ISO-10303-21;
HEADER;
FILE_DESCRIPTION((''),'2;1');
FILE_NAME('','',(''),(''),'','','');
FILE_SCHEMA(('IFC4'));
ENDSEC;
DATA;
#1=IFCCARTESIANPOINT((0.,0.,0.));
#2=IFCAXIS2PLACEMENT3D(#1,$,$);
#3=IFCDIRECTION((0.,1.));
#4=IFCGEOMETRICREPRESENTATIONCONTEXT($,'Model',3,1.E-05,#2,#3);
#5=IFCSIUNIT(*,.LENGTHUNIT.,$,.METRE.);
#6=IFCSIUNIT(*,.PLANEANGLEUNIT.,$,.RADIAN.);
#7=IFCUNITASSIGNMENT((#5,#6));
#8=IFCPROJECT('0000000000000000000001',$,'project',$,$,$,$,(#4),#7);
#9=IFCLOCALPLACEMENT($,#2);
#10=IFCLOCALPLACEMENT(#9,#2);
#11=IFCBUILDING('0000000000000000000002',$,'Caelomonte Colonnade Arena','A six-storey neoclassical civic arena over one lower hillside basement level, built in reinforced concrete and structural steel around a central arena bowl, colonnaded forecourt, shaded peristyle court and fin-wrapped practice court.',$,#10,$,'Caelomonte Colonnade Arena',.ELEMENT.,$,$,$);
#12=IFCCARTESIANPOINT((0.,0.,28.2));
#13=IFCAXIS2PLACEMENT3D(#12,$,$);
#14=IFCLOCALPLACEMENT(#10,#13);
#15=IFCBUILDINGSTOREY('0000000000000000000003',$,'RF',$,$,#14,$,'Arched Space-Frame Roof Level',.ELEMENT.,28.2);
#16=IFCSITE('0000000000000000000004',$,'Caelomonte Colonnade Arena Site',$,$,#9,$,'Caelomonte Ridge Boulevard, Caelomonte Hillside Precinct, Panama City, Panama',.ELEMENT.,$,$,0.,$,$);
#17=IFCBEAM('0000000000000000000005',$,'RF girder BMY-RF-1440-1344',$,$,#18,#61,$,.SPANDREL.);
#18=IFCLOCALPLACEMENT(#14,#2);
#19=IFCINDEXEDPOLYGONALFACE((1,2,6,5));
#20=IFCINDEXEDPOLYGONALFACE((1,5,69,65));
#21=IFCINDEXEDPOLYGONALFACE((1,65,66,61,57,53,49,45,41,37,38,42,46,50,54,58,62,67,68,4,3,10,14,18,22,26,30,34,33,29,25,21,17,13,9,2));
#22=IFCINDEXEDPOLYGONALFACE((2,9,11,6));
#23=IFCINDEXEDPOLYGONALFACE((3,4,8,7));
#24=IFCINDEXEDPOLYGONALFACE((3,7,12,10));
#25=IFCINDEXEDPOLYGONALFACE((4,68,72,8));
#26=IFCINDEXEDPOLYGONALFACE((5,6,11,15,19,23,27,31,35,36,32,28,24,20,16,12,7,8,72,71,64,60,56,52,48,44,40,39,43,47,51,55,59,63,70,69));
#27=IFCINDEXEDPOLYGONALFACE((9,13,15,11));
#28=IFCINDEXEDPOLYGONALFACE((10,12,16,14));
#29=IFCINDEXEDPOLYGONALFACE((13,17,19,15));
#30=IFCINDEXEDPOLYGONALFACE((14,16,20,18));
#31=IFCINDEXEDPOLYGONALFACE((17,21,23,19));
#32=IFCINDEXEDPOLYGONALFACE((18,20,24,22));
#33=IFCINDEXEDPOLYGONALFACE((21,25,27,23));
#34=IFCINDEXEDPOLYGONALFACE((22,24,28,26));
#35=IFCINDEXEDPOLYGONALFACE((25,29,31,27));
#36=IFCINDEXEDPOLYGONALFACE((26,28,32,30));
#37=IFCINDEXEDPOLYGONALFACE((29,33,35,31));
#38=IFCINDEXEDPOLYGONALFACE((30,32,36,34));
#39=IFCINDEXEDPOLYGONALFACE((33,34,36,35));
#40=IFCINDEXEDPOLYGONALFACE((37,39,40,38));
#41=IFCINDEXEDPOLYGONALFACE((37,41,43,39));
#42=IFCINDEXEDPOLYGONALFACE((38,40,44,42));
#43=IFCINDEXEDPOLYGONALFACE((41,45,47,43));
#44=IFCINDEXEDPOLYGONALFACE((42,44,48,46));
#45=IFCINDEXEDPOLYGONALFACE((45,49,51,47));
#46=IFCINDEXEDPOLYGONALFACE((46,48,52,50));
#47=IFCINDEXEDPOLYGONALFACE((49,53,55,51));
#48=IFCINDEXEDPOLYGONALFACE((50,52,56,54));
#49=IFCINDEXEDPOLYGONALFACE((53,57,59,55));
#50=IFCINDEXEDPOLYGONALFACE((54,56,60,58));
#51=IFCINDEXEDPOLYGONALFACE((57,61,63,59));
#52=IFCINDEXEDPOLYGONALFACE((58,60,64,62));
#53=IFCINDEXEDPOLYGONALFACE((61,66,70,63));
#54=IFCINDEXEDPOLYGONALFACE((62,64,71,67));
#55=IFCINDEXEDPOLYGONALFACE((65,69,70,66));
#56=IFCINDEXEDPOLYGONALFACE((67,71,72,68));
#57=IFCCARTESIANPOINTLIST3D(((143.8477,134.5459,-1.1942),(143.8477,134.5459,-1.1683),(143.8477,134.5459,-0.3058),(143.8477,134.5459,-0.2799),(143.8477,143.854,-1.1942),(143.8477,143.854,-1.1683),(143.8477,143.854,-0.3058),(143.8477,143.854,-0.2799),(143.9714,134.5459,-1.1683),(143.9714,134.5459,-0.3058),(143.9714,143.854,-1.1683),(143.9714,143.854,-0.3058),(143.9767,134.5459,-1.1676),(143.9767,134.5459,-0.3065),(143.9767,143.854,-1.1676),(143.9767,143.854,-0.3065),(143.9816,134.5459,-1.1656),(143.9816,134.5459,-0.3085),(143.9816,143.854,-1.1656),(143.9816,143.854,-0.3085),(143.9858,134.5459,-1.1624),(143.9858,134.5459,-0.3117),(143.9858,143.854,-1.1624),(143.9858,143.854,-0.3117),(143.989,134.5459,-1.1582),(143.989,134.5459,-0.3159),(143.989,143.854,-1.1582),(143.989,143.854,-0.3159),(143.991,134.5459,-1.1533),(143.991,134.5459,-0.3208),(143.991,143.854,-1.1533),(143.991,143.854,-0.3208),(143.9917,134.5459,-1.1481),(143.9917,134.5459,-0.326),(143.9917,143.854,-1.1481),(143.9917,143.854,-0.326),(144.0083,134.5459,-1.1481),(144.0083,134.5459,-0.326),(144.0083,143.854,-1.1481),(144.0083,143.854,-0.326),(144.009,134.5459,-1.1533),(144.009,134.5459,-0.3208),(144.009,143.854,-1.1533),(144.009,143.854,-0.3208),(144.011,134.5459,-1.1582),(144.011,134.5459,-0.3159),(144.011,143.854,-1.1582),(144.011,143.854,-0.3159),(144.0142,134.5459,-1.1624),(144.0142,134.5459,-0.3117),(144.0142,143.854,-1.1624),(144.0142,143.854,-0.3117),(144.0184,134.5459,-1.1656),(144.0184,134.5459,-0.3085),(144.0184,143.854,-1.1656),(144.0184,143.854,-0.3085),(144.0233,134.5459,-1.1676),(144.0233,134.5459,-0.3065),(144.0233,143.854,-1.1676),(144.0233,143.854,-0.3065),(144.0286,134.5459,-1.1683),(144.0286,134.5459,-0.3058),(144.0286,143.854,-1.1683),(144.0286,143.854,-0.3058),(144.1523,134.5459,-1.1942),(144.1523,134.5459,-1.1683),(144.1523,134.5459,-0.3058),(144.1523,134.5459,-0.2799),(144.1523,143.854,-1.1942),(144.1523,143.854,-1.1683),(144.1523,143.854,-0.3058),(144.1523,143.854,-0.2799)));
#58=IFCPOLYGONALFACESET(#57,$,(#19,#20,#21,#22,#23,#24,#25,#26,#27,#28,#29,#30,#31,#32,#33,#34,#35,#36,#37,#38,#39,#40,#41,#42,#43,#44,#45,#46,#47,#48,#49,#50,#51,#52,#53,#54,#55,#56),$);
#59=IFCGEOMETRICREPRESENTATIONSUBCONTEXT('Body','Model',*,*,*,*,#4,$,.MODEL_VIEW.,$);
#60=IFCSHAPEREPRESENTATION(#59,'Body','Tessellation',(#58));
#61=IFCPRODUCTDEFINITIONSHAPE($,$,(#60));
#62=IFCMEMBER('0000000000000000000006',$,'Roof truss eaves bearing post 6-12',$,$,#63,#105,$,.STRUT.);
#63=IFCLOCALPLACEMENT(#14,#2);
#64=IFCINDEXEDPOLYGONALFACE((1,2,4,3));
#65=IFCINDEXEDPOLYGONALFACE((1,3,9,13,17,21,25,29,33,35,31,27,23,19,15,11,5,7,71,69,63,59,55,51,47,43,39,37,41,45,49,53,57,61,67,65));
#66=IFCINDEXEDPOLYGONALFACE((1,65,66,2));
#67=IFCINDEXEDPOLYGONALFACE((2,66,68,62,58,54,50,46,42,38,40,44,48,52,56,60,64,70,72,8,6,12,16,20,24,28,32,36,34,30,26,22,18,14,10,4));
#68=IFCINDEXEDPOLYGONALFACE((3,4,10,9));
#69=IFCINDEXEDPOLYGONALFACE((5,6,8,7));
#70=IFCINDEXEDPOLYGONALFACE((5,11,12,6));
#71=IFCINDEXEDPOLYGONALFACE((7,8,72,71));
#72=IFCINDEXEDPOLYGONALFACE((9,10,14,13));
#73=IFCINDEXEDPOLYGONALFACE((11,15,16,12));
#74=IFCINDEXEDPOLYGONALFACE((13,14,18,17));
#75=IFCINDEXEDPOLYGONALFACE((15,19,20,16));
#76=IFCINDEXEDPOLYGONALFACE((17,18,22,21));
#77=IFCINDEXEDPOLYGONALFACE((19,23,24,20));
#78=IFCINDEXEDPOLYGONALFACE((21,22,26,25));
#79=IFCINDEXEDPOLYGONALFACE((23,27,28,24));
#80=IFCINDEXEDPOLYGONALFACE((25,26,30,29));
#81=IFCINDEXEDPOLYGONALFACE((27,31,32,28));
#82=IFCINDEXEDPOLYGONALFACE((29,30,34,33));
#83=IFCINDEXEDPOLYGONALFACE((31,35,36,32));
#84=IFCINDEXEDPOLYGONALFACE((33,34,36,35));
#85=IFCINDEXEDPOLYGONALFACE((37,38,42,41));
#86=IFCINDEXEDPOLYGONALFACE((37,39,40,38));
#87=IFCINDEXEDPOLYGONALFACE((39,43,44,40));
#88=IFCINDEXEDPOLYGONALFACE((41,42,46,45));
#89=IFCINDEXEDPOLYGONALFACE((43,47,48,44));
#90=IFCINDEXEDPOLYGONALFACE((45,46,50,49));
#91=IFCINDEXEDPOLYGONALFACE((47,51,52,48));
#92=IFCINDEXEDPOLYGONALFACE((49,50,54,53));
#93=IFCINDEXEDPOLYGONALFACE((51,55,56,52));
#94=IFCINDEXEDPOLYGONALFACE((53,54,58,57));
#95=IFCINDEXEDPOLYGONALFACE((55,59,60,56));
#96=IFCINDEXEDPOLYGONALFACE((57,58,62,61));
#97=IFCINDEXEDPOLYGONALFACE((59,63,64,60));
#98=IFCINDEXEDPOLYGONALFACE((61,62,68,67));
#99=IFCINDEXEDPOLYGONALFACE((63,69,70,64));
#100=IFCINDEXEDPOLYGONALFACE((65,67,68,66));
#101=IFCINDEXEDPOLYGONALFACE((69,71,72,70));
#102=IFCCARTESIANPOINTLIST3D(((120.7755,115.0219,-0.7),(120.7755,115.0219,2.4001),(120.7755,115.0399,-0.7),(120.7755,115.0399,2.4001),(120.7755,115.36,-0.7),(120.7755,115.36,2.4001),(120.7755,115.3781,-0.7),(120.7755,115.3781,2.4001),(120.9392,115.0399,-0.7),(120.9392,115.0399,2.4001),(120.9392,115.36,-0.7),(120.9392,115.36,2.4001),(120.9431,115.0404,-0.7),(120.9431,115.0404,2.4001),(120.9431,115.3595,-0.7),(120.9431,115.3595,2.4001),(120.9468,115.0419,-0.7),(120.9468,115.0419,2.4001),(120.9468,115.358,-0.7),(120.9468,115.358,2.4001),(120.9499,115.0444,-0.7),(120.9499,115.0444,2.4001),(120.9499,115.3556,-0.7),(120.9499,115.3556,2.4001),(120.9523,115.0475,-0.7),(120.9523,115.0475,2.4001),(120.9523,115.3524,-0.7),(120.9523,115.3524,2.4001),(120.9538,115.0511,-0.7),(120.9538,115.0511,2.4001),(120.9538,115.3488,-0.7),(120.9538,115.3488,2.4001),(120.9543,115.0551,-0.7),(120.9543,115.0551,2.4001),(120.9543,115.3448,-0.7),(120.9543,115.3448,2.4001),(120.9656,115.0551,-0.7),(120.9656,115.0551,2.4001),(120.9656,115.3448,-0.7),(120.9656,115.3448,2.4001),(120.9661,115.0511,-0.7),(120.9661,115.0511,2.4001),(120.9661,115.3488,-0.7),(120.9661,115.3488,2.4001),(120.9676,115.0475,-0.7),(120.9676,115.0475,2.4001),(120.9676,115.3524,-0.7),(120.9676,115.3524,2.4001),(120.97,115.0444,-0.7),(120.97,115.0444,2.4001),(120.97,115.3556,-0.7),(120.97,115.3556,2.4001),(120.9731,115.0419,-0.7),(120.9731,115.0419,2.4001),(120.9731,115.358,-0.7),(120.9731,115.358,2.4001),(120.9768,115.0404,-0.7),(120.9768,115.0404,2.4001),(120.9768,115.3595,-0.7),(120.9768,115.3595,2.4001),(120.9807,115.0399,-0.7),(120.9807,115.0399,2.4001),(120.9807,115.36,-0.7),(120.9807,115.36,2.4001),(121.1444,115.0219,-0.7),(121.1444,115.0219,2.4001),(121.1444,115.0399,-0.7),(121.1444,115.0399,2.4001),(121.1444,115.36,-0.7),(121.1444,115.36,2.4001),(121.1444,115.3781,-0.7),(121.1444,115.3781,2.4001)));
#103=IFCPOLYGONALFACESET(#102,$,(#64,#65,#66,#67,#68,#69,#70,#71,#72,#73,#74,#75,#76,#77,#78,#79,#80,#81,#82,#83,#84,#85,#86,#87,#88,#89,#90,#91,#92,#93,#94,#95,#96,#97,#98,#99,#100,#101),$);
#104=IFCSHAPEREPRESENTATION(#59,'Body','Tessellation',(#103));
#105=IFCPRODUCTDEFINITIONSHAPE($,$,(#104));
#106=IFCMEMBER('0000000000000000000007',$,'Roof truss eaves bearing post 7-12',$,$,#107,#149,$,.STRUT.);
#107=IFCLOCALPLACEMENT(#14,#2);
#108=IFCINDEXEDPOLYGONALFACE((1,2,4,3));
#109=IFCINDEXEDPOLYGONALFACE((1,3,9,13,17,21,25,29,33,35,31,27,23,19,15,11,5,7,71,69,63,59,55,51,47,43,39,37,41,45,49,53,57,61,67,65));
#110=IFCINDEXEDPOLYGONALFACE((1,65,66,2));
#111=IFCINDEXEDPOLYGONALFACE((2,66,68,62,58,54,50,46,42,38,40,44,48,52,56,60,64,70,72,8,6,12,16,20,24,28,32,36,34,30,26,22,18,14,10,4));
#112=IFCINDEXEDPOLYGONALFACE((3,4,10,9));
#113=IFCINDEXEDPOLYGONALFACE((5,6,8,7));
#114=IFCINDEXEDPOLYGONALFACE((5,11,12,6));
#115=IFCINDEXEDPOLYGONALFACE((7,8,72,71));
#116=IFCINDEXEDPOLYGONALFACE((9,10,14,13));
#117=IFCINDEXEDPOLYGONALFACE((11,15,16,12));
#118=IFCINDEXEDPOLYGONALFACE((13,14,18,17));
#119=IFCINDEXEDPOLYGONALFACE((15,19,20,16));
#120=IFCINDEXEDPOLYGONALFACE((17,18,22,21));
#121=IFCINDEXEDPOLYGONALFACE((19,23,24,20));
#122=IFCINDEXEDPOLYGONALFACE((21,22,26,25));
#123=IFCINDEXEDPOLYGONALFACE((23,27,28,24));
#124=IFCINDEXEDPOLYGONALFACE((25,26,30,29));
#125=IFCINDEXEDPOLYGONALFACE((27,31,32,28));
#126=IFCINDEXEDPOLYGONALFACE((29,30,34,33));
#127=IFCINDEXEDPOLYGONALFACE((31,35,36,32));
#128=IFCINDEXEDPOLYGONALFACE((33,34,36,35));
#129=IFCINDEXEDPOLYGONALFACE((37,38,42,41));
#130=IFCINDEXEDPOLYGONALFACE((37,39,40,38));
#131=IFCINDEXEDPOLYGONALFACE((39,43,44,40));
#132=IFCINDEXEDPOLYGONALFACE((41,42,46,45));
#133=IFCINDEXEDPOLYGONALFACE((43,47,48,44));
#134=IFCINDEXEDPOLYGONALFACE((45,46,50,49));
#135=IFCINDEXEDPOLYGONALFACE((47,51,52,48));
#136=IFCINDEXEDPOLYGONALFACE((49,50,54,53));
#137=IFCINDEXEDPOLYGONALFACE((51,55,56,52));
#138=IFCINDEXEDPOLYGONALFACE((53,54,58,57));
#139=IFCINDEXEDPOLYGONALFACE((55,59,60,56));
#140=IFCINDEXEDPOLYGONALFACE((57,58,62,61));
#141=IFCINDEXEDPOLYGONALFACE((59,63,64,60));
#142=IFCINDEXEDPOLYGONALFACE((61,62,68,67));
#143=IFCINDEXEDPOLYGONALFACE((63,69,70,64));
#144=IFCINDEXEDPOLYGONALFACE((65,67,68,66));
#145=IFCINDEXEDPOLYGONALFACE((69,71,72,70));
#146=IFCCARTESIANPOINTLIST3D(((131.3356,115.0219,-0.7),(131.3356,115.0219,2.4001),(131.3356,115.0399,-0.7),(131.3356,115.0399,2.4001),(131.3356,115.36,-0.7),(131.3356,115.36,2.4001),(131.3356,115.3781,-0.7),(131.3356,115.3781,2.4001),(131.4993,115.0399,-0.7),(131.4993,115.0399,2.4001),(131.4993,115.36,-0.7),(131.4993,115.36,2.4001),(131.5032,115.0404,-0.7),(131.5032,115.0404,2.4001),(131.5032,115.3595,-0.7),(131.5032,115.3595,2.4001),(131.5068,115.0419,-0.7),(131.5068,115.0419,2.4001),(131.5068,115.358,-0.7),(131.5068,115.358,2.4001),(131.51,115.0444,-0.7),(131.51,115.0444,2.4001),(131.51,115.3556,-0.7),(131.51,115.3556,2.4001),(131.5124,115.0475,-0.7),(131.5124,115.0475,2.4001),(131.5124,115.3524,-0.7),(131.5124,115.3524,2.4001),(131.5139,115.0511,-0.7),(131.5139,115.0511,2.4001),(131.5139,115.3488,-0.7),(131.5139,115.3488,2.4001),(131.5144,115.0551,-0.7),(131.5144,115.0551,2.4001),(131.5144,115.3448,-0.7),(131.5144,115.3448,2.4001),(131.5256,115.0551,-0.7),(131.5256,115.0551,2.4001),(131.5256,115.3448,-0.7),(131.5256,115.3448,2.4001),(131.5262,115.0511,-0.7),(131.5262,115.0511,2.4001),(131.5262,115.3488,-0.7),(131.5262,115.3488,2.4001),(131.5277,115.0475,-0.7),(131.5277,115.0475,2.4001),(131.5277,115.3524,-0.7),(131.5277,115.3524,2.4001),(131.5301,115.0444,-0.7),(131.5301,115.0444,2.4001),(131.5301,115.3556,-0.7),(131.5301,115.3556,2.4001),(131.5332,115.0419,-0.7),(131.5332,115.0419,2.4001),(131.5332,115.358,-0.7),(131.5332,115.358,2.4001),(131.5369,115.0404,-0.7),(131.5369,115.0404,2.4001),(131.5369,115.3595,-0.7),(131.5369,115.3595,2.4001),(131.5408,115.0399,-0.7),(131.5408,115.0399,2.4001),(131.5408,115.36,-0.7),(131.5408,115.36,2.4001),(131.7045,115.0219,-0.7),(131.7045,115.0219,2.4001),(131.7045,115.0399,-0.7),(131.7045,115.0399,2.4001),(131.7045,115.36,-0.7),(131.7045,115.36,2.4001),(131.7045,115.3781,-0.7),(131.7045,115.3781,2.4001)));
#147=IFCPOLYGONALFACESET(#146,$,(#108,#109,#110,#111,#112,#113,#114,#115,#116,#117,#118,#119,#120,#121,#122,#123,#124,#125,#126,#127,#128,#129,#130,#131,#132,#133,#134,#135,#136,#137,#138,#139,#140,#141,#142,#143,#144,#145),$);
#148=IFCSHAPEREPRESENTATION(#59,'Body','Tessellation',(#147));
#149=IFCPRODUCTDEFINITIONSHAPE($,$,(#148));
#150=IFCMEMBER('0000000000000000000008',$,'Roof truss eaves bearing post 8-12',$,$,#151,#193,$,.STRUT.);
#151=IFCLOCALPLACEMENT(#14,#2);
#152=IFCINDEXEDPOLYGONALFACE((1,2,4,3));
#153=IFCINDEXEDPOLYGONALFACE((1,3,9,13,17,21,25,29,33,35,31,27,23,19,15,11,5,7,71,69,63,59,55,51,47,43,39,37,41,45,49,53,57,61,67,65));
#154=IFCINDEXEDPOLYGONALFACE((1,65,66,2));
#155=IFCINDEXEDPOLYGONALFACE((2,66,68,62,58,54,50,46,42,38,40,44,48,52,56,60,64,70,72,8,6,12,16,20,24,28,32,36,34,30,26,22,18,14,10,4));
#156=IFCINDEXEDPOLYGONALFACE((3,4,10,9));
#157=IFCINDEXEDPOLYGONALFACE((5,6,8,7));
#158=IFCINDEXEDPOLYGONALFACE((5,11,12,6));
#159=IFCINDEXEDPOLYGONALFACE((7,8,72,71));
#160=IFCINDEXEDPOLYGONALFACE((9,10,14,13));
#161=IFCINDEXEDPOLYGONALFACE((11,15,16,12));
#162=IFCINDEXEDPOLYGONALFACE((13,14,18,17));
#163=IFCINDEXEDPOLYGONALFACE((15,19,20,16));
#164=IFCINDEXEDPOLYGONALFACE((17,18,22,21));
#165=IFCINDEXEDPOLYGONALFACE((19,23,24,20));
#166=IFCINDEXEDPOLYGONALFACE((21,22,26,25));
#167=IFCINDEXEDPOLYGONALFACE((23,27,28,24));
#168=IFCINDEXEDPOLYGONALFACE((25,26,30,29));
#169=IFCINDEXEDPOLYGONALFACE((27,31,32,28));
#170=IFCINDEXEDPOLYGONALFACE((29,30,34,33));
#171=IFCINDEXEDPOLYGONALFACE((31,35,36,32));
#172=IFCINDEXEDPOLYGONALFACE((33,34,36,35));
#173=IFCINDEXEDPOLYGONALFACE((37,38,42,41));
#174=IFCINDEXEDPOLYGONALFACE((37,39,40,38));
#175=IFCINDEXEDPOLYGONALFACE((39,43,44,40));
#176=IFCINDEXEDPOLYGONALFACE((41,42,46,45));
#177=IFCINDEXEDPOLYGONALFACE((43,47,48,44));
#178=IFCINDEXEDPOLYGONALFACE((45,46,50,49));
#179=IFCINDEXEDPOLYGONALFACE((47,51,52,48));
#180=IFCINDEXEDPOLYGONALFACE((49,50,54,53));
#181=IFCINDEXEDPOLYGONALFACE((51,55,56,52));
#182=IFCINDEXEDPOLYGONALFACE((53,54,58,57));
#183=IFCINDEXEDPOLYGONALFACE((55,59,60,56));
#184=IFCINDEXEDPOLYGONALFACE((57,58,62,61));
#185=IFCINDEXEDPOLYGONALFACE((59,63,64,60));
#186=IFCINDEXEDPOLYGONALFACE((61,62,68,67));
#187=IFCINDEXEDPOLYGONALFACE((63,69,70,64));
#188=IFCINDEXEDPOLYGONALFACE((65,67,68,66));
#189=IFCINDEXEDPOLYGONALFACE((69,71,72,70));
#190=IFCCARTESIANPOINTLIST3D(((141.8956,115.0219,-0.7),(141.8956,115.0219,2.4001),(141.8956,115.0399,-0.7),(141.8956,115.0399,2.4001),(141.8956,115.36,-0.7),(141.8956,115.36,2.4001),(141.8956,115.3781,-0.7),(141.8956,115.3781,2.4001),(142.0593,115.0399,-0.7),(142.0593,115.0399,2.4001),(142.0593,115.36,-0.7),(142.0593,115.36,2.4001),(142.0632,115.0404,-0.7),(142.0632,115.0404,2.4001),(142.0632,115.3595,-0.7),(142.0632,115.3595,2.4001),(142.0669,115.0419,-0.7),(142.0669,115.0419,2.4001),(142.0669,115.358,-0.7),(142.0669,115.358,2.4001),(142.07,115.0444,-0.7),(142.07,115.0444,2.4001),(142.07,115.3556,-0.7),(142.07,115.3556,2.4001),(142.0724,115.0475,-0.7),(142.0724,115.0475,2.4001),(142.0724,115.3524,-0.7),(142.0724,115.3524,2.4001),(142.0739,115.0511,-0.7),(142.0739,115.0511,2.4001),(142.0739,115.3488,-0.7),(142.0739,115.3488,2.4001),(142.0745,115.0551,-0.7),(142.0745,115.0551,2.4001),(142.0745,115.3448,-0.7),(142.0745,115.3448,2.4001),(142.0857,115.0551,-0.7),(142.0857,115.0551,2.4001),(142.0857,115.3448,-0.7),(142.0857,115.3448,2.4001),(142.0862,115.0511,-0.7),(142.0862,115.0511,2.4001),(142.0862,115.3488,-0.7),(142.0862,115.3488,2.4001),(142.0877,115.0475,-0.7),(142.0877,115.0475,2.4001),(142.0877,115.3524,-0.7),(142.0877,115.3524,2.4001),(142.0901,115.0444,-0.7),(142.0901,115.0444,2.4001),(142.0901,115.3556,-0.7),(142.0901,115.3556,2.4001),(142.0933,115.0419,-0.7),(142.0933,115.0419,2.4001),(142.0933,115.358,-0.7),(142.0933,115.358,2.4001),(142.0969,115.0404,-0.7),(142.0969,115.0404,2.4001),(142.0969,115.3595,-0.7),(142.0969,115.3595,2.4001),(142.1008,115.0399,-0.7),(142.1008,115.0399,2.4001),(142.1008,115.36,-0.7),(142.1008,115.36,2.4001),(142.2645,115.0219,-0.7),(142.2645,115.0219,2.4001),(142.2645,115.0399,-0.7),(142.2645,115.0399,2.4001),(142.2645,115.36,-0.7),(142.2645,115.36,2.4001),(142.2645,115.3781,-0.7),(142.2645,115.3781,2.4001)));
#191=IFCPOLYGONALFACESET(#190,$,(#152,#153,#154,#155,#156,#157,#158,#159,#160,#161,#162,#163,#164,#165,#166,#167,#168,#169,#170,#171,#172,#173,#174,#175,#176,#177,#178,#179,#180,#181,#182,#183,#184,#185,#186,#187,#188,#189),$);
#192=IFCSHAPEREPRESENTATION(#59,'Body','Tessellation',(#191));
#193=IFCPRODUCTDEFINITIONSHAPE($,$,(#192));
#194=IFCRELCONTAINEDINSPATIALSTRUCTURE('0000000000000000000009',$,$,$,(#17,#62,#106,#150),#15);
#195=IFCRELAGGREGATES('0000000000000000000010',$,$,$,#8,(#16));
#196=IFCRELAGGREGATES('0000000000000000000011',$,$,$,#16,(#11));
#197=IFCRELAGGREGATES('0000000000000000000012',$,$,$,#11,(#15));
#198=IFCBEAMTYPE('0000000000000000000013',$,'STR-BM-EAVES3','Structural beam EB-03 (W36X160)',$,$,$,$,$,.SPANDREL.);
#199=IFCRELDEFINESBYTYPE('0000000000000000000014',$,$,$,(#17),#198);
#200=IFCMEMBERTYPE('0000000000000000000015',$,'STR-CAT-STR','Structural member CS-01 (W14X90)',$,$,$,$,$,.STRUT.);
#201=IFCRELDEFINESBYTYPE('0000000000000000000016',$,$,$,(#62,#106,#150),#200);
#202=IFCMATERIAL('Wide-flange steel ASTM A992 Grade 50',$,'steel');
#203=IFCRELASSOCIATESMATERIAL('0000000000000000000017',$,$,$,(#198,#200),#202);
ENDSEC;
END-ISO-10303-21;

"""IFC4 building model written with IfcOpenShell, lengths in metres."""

from ifc_helpers import new_model, si_unit, direction, frame, origin, origin_2d, place, context, subcontext, project, spatial, i_section, extrude, material, material_profile, profile_set, type_object, element, save


model = new_model("IFC4")

# Units and contexts
model_context = context("Model", 3, precision=1e-05, world=origin(), true_north=direction((0.0, 1.0)))
body_context = subcontext(model_context, "Body", "Model", "MODEL_VIEW")
ifc_project = project(units=[si_unit("LENGTHUNIT", "METRE"), si_unit("PLANEANGLEUNIT", "RADIAN")], contexts=[model_context])

# Site, building, storey
site_placement = place(None, origin())
site = spatial("IfcSite", under=ifc_project, at=site_placement, Name="Caelomonte Colonnade Arena Site", LongName="Caelomonte Ridge Boulevard, Caelomonte Hillside Precinct, Panama City, Panama", CompositionType="ELEMENT", RefElevation=0.0)
building_placement = place(site_placement, origin())
building = spatial("IfcBuilding", under=site, at=building_placement, Name="Caelomonte Colonnade Arena", Description="A six-storey neoclassical civic arena over one lower hillside basement level, built in reinforced concrete and structural steel around a central arena bowl, colonnaded forecourt, shaded peristyle court and fin-wrapped practice court.", LongName="Caelomonte Colonnade Arena", CompositionType="ELEMENT")
storey_placement = place(building_placement, frame((0.0, 0.0, 28.2)))
storey = spatial("IfcBuildingStorey", under=building, at=storey_placement, Name="RF", LongName="Arched Space-Frame Roof Level", CompositionType="ELEMENT", Elevation=28.2)

# Beam
ifc_material_1 = material(Name="Wide-flange steel ASTM A992 Grade 50", Category="steel")
ifc_material_profile_1 = material_profile(ifc_material_1, i_section(OverallWidth=0.3047, OverallDepth=0.9143, WebThickness=0.0166, FlangeThickness=0.0259, FilletRadius=0.0203, at=origin_2d()), Name="W36X160")
ifc_profile_set_1 = profile_set([ifc_material_profile_1], Name="Wide-flange steel ASTM A992 Grade 50")
beam_type_1 = type_object("IfcBeamType", Name="STR-BM-EAVES3", Description="Structural beam EB-03 (W36X160)", PredefinedType="SPANDREL", material=ifc_profile_set_1)
beam_1_placement = place(storey_placement, frame((144.0, 134.5459, -0.7371), z_axis=(0.0, 1.0, 0.0), x_axis=(-1.0, 0.0, 0.0)))
element("IfcBeam", 1, at=beam_1_placement, inside=storey, type_object=beam_type_1, Name="RF girder BMY-RF-1440-1344", PredefinedType="SPANDREL", context=body_context, shape_type="SweptSolid", body=[
    extrude(i_section(OverallWidth=0.3047, OverallDepth=0.9143, WebThickness=0.0166, FlangeThickness=0.0259, FilletRadius=0.0203, at=origin_2d()), origin(), (0.0, 0.0, 1.0), 9.3081),
])

# Members
ifc_material_profile_2 = material_profile(ifc_material_1, i_section(OverallWidth=0.3689, OverallDepth=0.3562, WebThickness=0.0112, FlangeThickness=0.0181, FilletRadius=0.0151, at=origin_2d()), Name="W14X90")
ifc_profile_set_2 = profile_set([ifc_material_profile_2], Name="Wide-flange steel ASTM A992 Grade 50")
member_type_1 = type_object("IfcMemberType", Name="STR-CAT-STR", Description="Structural member CS-01 (W14X90)", PredefinedType="STRUT", material=ifc_profile_set_2)
for number, where, z_axis, x_axis, name in (
    (2, (120.96, 115.2, -0.7), (0.0, 0.0, 1.0), (1.0, 0.0, 0.0), "Roof truss eaves bearing post 6-12"),
    (3, (131.52, 115.2, -0.7), (0.0, 0.0, 1.0), (1.0, 0.0, 0.0), "Roof truss eaves bearing post 7-12"),
    (4, (142.0801, 115.2, -0.7), (0.0, 0.0, 1.0), (1.0, 0.0, 0.0), "Roof truss eaves bearing post 8-12"),
):
    element("IfcMember", number, at=place(storey_placement, frame(where, z_axis=z_axis, x_axis=x_axis)), inside=storey, type_object=member_type_1, Name=name, PredefinedType="STRUT", context=body_context, shape_type="SweptSolid", body=[
        extrude(i_section(OverallWidth=0.3689, OverallDepth=0.3562, WebThickness=0.0112, FlangeThickness=0.0181, FilletRadius=0.0151, at=origin_2d()), origin(), (0.0, 0.0, 1.0), 3.1001),
    ])

save(model, "model.ifc")
